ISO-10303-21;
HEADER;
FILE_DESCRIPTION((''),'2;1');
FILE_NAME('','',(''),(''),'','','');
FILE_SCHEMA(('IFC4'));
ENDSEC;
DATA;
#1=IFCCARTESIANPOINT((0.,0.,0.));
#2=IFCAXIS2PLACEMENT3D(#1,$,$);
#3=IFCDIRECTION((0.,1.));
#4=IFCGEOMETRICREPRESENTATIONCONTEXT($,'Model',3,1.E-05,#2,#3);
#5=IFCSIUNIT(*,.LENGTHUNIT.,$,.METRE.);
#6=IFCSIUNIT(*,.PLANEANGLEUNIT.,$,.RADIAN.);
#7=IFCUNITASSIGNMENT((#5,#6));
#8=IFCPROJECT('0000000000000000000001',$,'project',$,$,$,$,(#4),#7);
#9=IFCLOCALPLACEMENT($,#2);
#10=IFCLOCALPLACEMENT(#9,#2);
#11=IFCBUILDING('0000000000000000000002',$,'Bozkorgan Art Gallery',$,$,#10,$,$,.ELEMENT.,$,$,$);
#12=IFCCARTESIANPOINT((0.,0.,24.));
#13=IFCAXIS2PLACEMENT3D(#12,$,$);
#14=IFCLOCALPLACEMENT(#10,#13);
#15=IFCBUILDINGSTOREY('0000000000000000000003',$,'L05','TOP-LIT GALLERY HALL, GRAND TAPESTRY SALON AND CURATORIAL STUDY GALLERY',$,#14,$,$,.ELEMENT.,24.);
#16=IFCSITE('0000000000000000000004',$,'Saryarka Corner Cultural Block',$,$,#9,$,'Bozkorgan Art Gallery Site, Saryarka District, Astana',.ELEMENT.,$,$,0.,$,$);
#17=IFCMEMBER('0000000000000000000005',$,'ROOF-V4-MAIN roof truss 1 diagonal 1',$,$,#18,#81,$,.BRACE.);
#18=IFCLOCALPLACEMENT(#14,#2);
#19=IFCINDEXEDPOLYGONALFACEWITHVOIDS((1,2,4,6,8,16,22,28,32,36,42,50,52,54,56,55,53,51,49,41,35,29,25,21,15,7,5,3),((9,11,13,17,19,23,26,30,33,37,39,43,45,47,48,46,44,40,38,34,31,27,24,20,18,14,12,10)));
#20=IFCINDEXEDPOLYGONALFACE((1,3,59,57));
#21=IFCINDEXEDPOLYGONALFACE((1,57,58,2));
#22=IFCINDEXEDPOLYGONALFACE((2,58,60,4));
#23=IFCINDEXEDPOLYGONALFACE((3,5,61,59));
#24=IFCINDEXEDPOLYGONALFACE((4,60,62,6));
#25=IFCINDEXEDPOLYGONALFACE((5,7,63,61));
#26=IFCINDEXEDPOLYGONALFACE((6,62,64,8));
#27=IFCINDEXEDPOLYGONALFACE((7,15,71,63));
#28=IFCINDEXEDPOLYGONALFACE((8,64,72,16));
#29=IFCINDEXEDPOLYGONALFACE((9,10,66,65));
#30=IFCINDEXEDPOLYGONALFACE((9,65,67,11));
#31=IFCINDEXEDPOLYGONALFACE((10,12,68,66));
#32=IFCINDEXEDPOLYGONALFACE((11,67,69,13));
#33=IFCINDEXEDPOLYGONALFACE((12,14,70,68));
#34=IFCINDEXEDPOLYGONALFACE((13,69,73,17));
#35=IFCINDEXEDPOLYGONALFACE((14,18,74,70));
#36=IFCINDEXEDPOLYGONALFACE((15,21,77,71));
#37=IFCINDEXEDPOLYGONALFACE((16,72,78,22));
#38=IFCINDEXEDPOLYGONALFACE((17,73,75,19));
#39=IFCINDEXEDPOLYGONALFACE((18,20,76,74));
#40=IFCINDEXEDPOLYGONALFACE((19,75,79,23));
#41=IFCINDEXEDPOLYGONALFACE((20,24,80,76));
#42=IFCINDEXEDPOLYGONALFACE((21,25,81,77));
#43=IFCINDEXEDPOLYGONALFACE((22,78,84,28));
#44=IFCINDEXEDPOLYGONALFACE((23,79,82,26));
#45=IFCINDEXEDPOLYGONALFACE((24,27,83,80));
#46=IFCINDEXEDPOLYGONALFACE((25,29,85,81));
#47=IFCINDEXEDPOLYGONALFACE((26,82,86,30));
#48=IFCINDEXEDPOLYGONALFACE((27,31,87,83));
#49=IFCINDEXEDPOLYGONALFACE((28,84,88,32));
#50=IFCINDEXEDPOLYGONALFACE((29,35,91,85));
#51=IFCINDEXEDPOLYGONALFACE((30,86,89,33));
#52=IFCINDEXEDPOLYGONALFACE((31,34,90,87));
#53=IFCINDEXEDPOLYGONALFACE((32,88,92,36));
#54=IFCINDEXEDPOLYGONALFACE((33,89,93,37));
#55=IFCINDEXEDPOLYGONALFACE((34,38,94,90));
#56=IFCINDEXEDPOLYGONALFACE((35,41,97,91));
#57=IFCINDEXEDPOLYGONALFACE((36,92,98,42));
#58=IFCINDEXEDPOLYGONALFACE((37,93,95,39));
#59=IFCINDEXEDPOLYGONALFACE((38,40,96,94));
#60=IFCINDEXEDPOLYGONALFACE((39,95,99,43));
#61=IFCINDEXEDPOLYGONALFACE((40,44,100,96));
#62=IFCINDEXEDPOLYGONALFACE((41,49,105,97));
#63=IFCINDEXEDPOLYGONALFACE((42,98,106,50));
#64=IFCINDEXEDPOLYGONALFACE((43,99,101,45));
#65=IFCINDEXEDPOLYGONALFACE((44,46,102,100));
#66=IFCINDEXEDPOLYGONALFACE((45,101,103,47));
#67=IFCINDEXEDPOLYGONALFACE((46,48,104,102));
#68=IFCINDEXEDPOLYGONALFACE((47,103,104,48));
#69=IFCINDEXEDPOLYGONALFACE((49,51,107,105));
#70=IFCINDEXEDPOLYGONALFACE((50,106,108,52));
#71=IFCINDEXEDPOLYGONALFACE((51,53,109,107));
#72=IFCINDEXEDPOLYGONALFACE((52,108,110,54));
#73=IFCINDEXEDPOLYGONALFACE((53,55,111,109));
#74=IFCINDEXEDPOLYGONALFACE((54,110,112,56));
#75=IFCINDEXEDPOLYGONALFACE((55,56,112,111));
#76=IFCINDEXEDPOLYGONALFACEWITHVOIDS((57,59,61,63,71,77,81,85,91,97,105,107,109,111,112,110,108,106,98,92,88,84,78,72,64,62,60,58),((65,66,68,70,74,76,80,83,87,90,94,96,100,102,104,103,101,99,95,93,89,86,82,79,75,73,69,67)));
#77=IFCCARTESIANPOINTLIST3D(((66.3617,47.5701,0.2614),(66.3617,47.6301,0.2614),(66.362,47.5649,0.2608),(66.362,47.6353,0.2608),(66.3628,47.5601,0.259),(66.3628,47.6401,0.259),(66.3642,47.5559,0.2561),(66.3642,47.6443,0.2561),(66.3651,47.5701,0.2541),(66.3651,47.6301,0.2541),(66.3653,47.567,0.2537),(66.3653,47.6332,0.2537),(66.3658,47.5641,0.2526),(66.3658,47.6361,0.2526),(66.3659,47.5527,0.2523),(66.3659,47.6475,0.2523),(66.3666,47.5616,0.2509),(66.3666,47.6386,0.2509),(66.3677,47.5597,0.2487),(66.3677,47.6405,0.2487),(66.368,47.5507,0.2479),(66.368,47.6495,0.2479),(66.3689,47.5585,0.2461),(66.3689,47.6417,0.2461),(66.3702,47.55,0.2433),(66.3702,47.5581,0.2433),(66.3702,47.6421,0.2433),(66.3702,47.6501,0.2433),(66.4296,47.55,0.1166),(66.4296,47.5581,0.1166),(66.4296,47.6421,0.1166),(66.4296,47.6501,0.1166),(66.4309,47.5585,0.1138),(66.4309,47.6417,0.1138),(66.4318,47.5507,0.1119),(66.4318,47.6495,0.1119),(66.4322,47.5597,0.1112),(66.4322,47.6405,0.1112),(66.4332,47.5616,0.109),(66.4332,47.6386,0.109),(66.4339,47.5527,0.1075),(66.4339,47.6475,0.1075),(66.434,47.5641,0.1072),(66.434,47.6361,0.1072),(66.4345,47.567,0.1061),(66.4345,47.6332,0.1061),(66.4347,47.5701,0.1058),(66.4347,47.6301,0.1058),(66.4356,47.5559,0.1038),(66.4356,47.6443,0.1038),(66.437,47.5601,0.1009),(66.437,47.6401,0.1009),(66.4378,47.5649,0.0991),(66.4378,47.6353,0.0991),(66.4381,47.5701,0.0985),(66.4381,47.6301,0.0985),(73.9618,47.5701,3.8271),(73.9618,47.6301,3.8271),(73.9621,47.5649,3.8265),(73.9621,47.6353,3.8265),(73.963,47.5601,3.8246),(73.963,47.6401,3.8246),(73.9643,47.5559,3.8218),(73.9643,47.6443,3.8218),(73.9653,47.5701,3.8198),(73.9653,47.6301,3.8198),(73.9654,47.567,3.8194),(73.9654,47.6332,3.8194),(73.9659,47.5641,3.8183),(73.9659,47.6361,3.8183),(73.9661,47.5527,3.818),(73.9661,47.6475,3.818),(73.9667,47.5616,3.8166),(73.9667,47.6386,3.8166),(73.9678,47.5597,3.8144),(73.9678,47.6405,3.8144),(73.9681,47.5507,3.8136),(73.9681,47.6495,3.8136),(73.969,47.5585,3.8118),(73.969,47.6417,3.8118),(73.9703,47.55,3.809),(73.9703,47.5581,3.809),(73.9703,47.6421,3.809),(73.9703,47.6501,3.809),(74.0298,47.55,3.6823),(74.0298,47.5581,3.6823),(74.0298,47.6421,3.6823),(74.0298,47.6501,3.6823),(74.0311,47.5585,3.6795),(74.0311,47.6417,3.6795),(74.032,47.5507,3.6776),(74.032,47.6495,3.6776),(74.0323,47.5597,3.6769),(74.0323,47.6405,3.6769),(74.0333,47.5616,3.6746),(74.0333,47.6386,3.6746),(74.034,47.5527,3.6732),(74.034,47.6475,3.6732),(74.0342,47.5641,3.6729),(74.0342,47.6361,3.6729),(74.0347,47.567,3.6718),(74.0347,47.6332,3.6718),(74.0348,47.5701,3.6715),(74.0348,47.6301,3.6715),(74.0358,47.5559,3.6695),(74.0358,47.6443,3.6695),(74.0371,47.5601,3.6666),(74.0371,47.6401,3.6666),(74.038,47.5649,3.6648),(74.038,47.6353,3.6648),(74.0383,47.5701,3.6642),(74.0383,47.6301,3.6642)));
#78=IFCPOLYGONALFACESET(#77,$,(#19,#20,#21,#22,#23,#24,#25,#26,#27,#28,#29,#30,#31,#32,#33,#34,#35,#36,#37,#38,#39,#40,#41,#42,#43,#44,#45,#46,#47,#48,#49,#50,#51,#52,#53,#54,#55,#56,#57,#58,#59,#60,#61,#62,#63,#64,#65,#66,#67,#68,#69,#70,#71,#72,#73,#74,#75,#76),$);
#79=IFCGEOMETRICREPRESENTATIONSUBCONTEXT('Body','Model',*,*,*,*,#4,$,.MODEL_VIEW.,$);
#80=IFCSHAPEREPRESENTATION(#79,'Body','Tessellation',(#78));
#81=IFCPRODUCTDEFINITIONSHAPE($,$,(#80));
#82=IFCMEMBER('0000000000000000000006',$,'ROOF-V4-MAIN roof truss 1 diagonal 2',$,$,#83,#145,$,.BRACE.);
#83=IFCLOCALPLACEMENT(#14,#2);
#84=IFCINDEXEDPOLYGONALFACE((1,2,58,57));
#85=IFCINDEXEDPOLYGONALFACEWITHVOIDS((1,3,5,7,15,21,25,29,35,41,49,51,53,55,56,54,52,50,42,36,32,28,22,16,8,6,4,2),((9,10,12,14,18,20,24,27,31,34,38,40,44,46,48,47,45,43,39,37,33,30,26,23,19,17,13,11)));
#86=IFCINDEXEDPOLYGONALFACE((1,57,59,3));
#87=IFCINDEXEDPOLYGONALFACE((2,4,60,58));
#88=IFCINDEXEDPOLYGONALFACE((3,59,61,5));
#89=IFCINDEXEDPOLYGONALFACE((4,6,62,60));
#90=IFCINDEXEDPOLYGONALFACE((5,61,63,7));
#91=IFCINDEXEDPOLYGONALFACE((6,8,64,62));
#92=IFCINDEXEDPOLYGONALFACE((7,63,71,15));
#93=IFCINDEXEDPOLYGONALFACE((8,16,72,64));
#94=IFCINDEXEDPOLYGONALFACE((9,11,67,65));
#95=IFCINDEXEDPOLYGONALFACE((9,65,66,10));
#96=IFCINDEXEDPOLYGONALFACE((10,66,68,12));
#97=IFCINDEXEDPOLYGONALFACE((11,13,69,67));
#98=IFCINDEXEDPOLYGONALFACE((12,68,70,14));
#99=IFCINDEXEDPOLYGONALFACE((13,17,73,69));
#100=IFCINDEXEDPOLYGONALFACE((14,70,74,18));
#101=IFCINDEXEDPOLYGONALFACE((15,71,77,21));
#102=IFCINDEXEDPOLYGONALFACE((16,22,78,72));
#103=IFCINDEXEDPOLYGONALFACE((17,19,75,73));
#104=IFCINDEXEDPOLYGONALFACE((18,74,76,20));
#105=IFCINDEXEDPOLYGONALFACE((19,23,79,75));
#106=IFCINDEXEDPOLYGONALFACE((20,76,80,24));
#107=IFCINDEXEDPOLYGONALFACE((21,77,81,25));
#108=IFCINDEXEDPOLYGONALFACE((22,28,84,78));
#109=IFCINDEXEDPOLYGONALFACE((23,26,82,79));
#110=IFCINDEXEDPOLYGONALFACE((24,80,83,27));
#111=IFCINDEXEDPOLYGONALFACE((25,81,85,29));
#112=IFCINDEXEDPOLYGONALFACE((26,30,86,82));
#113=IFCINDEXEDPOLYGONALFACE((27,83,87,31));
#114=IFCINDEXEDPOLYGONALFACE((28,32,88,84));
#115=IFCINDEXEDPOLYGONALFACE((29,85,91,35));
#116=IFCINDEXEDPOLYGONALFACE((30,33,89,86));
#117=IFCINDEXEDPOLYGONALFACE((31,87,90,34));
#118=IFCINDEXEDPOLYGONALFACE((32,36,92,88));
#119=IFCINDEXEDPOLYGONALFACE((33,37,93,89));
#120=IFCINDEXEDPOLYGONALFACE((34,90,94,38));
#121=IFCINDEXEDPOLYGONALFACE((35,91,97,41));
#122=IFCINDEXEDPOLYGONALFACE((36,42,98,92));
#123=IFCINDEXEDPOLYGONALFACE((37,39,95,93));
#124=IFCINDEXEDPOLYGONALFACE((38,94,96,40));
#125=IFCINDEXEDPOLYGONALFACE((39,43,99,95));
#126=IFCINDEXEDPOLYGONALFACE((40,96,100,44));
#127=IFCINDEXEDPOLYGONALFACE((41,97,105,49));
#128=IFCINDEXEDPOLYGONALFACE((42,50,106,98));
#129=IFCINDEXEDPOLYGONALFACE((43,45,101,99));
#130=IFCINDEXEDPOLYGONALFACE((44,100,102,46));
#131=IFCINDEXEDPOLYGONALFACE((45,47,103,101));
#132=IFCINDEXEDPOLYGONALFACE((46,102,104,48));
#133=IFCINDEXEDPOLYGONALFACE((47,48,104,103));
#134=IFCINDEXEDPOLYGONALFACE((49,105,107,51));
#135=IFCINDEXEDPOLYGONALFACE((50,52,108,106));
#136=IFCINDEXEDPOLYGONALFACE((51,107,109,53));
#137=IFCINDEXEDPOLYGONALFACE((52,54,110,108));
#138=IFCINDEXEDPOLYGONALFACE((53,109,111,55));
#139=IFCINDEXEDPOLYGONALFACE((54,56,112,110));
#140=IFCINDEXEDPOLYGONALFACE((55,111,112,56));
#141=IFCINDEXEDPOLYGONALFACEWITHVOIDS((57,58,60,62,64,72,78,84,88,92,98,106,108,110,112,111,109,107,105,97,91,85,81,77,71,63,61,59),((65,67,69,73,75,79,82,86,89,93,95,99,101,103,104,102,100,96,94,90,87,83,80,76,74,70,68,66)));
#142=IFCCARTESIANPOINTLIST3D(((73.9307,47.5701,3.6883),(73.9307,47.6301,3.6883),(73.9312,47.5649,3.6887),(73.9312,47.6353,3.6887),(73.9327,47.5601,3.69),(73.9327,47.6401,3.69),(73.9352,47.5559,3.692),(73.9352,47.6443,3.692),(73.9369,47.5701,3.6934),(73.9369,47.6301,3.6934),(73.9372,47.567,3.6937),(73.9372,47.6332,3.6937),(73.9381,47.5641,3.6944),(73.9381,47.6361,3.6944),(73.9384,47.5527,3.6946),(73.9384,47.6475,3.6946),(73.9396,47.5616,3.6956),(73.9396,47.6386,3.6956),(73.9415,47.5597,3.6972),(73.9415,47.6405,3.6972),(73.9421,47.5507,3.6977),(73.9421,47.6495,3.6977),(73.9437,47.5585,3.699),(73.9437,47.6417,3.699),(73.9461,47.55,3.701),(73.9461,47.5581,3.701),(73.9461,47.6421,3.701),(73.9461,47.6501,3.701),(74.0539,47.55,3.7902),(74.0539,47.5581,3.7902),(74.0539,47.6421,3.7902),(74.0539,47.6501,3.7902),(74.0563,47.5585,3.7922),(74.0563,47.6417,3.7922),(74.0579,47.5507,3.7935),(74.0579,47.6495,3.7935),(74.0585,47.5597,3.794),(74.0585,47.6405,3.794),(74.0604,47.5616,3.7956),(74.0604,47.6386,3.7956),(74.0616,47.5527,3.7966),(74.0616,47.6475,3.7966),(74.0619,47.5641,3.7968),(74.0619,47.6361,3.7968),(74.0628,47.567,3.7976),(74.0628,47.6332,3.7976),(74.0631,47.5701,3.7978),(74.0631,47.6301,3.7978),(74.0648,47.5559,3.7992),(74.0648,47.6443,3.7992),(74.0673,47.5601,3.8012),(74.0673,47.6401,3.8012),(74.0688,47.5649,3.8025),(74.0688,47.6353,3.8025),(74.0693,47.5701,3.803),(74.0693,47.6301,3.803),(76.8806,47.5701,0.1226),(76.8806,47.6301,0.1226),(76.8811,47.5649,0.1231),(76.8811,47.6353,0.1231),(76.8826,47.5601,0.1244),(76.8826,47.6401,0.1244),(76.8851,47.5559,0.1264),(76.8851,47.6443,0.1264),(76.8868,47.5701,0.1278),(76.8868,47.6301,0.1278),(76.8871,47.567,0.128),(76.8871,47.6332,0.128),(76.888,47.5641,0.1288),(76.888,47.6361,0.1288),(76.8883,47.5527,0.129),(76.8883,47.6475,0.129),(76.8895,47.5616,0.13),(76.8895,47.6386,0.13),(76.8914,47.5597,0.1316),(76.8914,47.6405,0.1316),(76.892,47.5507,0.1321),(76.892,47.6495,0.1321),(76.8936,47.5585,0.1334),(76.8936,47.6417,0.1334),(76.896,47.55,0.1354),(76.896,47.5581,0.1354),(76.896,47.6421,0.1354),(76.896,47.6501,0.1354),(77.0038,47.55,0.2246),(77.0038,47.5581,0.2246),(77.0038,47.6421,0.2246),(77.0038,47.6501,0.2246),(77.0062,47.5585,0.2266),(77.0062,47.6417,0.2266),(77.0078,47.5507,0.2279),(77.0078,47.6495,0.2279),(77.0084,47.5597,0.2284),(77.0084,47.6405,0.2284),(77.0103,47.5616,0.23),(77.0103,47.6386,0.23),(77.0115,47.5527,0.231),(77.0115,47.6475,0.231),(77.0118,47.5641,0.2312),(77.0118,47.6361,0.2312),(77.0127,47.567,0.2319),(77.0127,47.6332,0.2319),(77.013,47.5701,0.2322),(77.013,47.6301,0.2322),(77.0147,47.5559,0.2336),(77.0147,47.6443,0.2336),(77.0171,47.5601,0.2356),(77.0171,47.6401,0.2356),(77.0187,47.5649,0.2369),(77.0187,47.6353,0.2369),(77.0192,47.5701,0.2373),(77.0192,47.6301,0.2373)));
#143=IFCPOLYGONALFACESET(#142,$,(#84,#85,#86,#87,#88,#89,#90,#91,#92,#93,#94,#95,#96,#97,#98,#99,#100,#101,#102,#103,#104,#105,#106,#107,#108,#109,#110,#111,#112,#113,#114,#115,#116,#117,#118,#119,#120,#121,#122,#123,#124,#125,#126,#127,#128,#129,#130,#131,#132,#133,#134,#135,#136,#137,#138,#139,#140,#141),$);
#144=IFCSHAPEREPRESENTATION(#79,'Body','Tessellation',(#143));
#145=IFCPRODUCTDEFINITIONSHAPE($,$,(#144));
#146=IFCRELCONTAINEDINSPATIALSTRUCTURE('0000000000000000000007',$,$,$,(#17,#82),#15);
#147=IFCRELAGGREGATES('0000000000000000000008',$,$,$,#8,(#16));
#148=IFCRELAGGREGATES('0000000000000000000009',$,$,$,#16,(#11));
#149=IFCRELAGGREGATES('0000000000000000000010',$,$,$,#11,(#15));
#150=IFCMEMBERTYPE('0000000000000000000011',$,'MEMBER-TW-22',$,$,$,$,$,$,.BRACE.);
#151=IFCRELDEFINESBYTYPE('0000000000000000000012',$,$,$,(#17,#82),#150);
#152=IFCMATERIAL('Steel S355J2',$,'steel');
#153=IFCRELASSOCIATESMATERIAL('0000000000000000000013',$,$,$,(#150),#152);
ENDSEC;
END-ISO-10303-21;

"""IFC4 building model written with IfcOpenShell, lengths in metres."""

from ifc_helpers import new_model, si_unit, direction, frame, origin, origin_2d, place, context, subcontext, project, spatial, hollow_rectangle, extrude, material, material_profile, profile_set, type_object, element, save


model = new_model("IFC4")

# Units and contexts
model_context = context("Model", 3, precision=1e-05, world=origin(), true_north=direction((0.0, 1.0)))
body_context = subcontext(model_context, "Body", "Model", "MODEL_VIEW")
ifc_project = project(units=[si_unit("LENGTHUNIT", "METRE"), si_unit("PLANEANGLEUNIT", "RADIAN")], contexts=[model_context])

# Site, building, storey
site_placement = place(None, origin())
site = spatial("IfcSite", under=ifc_project, at=site_placement, Name="Saryarka Corner Cultural Block", LongName="Bozkorgan Art Gallery Site, Saryarka District, Astana", CompositionType="ELEMENT", RefElevation=0.0)
building_placement = place(site_placement, origin())
building = spatial("IfcBuilding", under=site, at=building_placement, Name="Bozkorgan Art Gallery", CompositionType="ELEMENT")
storey_placement = place(building_placement, frame((0.0, 0.0, 24.0)))
storey = spatial("IfcBuildingStorey", under=building, at=storey_placement, Name="L05", Description="TOP-LIT GALLERY HALL, GRAND TAPESTRY SALON AND CURATORIAL STUDY GALLERY", CompositionType="ELEMENT", Elevation=24.0)

# Shared definitions
ifc_material_1 = material(Name="Steel S355J2", Category="steel")

# Members
ifc_material_profile_1 = material_profile(ifc_material_1, hollow_rectangle(XDim=0.1001, YDim=0.1799, WallThickness=0.0081, InnerFilletRadius=0.012, OuterFilletRadius=0.02, at=origin_2d()), Name="RHS 180x100x8")
ifc_profile_set_1 = profile_set([ifc_material_profile_1], Name="Steel S355J2")
member_type_1 = type_object("IfcMemberType", Name="MEMBER-TW-22", PredefinedType="BRACE", material=ifc_profile_set_1)
member_1_placement = place(storey_placement, frame((66.3999, 47.6001, 0.1799), z_axis=(0.905316, 0.0, 0.424739), x_axis=(0.0, 1.0, 0.0)))
element("IfcMember", 1, at=member_1_placement, inside=storey, type_object=member_type_1, Name="ROOF-V4-MAIN roof truss 1 diagonal 1", PredefinedType="BRACE", context=body_context, shape_type="SweptSolid", body=[
    extrude(hollow_rectangle(XDim=0.1001, YDim=0.1799, WallThickness=0.0081, InnerFilletRadius=0.012, OuterFilletRadius=0.02, at=origin_2d()), origin(), (0.0, 0.0, 1.0), 8.395),
])
member_2_placement = place(storey_placement, frame((74.0, 47.6001, 3.7456), z_axis=(0.637446, 0.0, -0.770495), x_axis=(0.0, 1.0, 0.0)))
element("IfcMember", 2, at=member_2_placement, inside=storey, type_object=member_type_1, Name="ROOF-V4-MAIN roof truss 1 diagonal 2", PredefinedType="BRACE", context=body_context, shape_type="SweptSolid", body=[
    extrude(hollow_rectangle(XDim=0.1001, YDim=0.1799, WallThickness=0.0081, InnerFilletRadius=0.012, OuterFilletRadius=0.02, at=origin_2d()), origin(), (0.0, 0.0, 1.0), 4.6277),
])

save(model, "model.ifc")
